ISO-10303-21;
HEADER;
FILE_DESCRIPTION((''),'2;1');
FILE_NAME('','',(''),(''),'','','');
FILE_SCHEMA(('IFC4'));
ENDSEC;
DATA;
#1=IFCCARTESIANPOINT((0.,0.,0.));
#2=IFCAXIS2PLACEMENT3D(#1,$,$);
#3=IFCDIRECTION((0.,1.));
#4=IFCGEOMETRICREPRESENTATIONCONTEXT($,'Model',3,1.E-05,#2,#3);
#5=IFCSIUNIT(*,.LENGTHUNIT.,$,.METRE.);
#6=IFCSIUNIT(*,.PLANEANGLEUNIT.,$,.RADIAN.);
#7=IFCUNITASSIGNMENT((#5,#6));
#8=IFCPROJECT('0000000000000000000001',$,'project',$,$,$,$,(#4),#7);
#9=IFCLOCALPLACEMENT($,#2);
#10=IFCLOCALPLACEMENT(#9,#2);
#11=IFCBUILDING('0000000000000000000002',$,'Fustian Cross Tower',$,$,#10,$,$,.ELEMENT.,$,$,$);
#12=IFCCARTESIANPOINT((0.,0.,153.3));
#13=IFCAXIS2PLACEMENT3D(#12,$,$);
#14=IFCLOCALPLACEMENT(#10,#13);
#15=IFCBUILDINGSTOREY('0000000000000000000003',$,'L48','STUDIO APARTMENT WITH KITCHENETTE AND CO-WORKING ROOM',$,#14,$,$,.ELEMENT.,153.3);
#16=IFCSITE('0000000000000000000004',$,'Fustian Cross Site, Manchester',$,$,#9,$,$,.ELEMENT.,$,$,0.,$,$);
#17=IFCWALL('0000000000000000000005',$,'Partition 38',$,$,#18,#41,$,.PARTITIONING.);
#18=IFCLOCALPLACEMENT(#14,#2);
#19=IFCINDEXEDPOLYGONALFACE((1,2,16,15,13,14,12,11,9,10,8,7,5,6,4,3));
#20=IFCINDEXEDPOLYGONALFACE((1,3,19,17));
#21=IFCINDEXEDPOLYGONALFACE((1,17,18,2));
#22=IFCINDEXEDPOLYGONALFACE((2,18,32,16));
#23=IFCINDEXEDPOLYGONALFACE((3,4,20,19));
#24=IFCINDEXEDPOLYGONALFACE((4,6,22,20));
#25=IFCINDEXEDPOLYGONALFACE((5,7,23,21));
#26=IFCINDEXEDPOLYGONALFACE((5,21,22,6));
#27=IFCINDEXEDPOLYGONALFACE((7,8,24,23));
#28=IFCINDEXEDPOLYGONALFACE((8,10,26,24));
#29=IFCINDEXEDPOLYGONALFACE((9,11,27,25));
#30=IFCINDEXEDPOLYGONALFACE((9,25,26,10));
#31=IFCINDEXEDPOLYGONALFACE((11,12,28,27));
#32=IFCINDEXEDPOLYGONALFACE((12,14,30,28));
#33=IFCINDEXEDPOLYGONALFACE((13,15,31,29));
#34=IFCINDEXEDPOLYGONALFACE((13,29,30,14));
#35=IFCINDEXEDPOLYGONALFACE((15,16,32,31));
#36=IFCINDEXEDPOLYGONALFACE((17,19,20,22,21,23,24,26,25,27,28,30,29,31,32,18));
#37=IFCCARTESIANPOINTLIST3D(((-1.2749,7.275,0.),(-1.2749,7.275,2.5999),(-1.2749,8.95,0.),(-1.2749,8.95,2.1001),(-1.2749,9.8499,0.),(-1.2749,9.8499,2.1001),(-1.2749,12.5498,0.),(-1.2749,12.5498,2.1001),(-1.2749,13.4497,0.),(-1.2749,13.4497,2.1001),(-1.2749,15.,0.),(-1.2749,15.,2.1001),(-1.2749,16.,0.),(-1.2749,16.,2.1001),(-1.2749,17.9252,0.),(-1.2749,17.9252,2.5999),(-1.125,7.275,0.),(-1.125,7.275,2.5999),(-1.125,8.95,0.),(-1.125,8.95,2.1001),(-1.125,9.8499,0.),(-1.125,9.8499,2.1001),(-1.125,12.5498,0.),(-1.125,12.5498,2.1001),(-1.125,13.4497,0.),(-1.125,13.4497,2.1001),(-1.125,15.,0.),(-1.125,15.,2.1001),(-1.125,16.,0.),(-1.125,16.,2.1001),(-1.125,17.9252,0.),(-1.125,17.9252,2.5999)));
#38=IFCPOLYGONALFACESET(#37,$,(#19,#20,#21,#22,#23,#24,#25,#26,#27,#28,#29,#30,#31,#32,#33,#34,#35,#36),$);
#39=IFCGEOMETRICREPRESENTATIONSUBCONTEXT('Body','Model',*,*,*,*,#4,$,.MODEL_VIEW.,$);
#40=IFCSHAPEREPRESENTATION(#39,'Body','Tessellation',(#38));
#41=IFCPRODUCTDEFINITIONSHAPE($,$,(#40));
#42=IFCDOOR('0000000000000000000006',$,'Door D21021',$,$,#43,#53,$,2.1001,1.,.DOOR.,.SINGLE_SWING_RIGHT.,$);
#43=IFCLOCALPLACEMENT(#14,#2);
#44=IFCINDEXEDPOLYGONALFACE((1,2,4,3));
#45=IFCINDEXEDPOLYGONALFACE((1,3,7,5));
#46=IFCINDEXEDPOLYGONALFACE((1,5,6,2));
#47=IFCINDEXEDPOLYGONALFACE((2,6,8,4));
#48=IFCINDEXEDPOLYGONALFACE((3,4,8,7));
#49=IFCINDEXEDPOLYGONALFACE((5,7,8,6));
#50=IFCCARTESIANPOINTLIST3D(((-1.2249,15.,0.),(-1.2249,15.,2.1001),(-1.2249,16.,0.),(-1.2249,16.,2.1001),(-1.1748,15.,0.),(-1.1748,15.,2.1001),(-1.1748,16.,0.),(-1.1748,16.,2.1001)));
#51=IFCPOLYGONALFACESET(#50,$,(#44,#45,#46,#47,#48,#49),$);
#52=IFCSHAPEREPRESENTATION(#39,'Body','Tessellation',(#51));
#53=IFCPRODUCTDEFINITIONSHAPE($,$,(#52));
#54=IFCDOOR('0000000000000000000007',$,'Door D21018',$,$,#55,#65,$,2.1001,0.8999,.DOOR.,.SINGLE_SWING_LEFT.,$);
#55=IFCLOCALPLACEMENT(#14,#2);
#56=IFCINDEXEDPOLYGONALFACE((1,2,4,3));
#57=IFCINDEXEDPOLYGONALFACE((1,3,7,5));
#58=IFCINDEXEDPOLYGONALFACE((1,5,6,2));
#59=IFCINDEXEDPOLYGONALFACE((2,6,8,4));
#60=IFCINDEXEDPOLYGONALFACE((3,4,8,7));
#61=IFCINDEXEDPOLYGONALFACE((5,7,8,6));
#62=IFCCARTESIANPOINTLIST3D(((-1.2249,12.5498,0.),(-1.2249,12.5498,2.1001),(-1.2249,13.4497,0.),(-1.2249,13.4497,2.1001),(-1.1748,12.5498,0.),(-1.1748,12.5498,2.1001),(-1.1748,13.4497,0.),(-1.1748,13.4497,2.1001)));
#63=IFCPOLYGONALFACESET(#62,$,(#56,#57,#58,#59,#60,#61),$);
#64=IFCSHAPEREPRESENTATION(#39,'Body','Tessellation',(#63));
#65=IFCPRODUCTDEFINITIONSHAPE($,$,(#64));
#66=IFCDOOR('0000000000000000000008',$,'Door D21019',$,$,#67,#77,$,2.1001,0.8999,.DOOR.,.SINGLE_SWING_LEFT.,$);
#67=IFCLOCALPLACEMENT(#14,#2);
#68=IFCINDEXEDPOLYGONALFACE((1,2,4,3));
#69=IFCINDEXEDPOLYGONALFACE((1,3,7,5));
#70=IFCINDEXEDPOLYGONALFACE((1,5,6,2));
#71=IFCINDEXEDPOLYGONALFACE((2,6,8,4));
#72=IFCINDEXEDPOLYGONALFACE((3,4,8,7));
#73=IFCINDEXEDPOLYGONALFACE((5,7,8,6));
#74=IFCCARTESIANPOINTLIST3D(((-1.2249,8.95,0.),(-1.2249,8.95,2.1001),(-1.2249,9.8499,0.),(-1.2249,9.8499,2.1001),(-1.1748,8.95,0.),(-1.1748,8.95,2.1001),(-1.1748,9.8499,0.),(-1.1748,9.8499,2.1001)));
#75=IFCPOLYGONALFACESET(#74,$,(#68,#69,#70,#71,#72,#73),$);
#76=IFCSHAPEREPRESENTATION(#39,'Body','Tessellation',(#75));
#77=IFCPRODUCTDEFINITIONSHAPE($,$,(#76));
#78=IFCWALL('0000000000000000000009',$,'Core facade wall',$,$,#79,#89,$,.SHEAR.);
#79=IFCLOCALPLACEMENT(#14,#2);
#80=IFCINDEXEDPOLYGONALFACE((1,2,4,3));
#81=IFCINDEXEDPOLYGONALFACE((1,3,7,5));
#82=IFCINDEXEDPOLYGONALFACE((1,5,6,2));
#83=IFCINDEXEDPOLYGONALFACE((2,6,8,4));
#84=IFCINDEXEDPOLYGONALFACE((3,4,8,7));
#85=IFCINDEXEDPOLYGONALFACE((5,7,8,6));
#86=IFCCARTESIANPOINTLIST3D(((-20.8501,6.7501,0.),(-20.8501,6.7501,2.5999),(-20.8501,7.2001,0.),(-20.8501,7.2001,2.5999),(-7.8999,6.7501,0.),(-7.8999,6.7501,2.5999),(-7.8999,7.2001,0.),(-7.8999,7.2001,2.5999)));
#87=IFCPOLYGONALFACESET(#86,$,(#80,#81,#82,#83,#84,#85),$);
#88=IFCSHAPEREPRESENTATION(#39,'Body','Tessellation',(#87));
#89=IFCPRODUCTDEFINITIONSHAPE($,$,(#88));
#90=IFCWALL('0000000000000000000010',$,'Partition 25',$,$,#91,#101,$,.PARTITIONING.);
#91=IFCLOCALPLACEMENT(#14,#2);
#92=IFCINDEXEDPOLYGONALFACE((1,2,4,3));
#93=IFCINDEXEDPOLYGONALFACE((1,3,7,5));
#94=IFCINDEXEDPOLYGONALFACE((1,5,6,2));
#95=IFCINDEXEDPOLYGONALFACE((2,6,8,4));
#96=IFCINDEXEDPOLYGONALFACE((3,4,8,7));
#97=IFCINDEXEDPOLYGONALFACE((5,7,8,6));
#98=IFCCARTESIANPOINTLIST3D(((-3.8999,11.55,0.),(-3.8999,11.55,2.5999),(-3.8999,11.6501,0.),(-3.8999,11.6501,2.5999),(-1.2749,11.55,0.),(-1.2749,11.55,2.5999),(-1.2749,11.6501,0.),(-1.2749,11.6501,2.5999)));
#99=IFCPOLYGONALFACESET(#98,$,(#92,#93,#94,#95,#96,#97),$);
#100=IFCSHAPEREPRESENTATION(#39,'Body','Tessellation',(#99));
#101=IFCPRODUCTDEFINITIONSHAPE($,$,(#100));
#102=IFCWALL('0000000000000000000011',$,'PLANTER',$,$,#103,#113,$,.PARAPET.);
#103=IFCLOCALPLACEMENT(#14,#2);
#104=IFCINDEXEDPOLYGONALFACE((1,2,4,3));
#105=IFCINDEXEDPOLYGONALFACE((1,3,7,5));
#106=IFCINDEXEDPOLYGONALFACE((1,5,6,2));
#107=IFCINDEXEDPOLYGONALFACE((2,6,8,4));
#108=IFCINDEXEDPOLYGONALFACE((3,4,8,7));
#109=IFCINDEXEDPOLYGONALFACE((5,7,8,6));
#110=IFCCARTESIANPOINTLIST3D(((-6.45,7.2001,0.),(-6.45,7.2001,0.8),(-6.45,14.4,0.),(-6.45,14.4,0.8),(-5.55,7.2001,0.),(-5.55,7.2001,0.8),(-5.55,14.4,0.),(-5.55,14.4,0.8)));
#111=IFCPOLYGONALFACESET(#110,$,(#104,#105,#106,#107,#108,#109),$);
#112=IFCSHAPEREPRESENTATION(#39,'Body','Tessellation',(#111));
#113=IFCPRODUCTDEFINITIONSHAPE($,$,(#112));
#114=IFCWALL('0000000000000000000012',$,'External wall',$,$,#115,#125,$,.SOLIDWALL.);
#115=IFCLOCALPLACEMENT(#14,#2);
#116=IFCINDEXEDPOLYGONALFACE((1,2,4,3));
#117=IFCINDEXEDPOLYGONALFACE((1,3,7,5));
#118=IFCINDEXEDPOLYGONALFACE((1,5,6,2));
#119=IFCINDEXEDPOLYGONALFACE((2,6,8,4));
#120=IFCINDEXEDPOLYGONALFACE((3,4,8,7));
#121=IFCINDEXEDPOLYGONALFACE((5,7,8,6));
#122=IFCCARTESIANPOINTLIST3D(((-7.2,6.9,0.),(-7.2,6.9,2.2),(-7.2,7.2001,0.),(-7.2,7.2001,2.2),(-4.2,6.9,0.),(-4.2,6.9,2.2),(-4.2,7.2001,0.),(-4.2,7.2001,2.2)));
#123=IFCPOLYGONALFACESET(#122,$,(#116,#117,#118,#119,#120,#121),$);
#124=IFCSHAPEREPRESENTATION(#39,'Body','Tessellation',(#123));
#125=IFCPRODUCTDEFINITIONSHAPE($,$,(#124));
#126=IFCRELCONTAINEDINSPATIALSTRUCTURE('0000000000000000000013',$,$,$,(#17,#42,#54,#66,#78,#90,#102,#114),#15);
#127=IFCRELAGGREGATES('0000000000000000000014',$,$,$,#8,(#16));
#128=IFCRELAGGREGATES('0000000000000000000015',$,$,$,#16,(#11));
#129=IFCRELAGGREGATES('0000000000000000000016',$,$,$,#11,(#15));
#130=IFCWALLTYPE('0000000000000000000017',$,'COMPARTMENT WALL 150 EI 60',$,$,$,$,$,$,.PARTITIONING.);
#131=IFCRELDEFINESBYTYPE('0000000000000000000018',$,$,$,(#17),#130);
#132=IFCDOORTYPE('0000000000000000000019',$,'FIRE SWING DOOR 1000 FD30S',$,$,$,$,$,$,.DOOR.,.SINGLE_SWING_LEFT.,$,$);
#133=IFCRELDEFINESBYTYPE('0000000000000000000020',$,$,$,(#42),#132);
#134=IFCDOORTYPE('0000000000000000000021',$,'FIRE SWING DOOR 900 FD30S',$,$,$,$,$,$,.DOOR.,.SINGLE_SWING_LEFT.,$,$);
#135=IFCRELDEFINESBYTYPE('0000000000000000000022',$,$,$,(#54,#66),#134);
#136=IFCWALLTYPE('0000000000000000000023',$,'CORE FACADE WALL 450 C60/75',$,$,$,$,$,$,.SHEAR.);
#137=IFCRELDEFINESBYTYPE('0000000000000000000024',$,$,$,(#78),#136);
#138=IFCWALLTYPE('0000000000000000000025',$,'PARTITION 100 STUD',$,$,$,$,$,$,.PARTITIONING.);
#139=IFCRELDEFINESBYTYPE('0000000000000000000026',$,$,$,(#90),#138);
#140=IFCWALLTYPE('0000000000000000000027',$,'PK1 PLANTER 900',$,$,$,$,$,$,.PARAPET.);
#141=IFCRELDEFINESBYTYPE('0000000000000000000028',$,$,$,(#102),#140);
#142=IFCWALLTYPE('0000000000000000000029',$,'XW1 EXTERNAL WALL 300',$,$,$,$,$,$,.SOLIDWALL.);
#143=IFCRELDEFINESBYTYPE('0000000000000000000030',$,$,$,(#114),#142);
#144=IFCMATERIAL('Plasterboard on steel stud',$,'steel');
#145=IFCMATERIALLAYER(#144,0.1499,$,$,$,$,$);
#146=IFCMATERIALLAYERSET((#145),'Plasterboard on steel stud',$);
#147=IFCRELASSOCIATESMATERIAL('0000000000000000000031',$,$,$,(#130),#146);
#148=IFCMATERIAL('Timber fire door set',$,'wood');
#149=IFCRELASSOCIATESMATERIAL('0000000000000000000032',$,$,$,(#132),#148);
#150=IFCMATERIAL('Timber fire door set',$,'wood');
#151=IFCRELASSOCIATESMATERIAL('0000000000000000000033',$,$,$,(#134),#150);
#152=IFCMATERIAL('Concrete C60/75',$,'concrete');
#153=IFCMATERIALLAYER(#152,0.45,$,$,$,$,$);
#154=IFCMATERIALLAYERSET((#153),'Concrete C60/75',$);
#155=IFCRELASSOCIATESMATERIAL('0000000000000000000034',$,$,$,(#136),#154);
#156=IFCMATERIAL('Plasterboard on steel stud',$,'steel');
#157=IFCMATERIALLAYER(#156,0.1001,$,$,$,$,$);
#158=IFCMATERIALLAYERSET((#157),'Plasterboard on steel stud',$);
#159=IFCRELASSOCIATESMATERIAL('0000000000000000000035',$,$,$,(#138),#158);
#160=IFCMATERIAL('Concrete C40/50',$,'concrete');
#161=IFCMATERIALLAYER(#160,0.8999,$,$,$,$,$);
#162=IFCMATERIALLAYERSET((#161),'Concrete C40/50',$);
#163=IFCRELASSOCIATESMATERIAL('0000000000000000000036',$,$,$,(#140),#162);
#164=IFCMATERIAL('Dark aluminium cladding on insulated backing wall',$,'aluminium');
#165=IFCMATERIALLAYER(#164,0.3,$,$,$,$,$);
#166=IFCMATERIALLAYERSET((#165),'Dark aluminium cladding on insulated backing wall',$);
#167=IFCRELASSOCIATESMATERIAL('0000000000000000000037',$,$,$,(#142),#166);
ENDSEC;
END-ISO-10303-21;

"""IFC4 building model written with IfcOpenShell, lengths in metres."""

from ifc_helpers import new_model, si_unit, direction, frame, frame_2d, origin, place, context, subcontext, project, spatial, rectangle, extrude, material, layer, layer_set, type_object, element, fill, save


model = new_model("IFC4")

# Units and contexts
model_context = context("Model", 3, precision=1e-05, world=origin(), true_north=direction((0.0, 1.0)))
body_context = subcontext(model_context, "Body", "Model", "MODEL_VIEW")
ifc_project = project(units=[si_unit("LENGTHUNIT", "METRE"), si_unit("PLANEANGLEUNIT", "RADIAN")], contexts=[model_context])

# Site, building, storey
site_placement = place(None, origin())
site = spatial("IfcSite", under=ifc_project, at=site_placement, Name="Fustian Cross Site, Manchester", CompositionType="ELEMENT", RefElevation=0.0)
building_placement = place(site_placement, origin())
building = spatial("IfcBuilding", under=site, at=building_placement, Name="Fustian Cross Tower", CompositionType="ELEMENT")
storey_placement = place(building_placement, frame((0.0, 0.0, 153.3)))
storey = spatial("IfcBuildingStorey", under=building, at=storey_placement, Name="L48", Description="STUDIO APARTMENT WITH KITCHENETTE AND CO-WORKING ROOM", CompositionType="ELEMENT", Elevation=153.3)

# Shared definitions
ifc_material_1 = material(Name="Plasterboard on steel stud", Category="steel")
ifc_layer_1 = layer(ifc_material_1, 0.1499)
ifc_layer_set_1 = layer_set([ifc_layer_1], Name="Plasterboard on steel stud")
wall_type_1 = type_object("IfcWallType", Name="COMPARTMENT WALL 150 EI 60", PredefinedType="PARTITIONING", material=ifc_layer_set_1)

# Wall, openings, doors
wall_1_placement = place(storey_placement, frame((-1.2, 7.2749, 0.0), z_axis=(0.0, 0.0, 1.0), x_axis=(0.0, 1.0, 0.0)))
wall_1 = element("IfcWall", 1, at=wall_1_placement, inside=storey, type_object=wall_type_1, Name="Partition 38", PredefinedType="PARTITIONING", context=body_context, shape_type="SweptSolid", body=[
    extrude(rectangle(XDim=10.6501, YDim=0.1499, at=frame_2d((5.3252, 0.0))), origin(), (0.0, 0.0, 1.0), 2.5999),
])
opening_1_placement = place(wall_1_placement, frame((5.2749, 0.0, 0.0)))
opening_1 = element("IfcOpeningElement", 2, at=opening_1_placement, cuts=wall_1, PredefinedType="OPENING", context=body_context, shape_type="SweptSolid", body=[
    extrude(rectangle(XDim=0.8999, YDim=2.1001, at=frame_2d((0.45, 1.05))), frame((0.0, 0.085, 0.0), z_axis=(0.0, -1.0, 0.0), x_axis=(1.0, 0.0, 0.0)), (0.0, 0.0, 1.0), 0.1699),
])
opening_2_placement = place(wall_1_placement, frame((1.675, 0.0, 0.0)))
opening_2 = element("IfcOpeningElement", 3, at=opening_2_placement, cuts=wall_1, PredefinedType="OPENING", context=body_context, shape_type="SweptSolid", body=[
    extrude(rectangle(XDim=0.8999, YDim=2.1001, at=frame_2d((0.45, 1.05))), frame((0.0, 0.085, 0.0), z_axis=(0.0, -1.0, 0.0), x_axis=(1.0, 0.0, 0.0)), (0.0, 0.0, 1.0), 0.1699),
])
opening_3_placement = place(wall_1_placement, frame((7.7251, 0.0, 0.0)))
opening_3 = element("IfcOpeningElement", 4, at=opening_3_placement, cuts=wall_1, PredefinedType="OPENING", context=body_context, shape_type="SweptSolid", body=[
    extrude(rectangle(XDim=1.0, YDim=2.1001, at=frame_2d((0.5, 1.05))), frame((0.0, 0.085, 0.0), z_axis=(0.0, -1.0, 0.0), x_axis=(1.0, 0.0, 0.0)), (0.0, 0.0, 1.0), 0.1699),
])
ifc_material_2 = material(Name="Timber fire door set", Category="wood")
door_type_1 = type_object("IfcDoorType", Name="FIRE SWING DOOR 1000 FD30S", OperationType="SINGLE_SWING_LEFT", PredefinedType="DOOR", material=ifc_material_2)
door_1_placement = place(opening_3_placement, origin())
door_1 = element("IfcDoor", 5, at=door_1_placement, inside=storey, type_object=door_type_1, Name="Door D21021", OperationType="SINGLE_SWING_RIGHT", OverallHeight=2.1001, OverallWidth=1.0, PredefinedType="DOOR", context=body_context, shape_type="SweptSolid", body=[
    extrude(rectangle(XDim=1.0, YDim=2.1001, at=frame_2d((0.5, 1.05))), frame((0.0, 0.0249, 0.0), z_axis=(0.0, -1.0, 0.0), x_axis=(1.0, 0.0, 0.0)), (0.0, 0.0, 1.0), 0.05),
])
fill(opening_3, door_1)
ifc_material_3 = material(Name="Timber fire door set", Category="wood")
door_type_2 = type_object("IfcDoorType", Name="FIRE SWING DOOR 900 FD30S", OperationType="SINGLE_SWING_LEFT", PredefinedType="DOOR", material=ifc_material_3)
door_2_placement = place(opening_1_placement, origin())
door_2 = element("IfcDoor", 6, at=door_2_placement, inside=storey, type_object=door_type_2, Name="Door D21018", OperationType="SINGLE_SWING_LEFT", OverallHeight=2.1001, OverallWidth=0.8999, PredefinedType="DOOR", context=body_context, shape_type="SweptSolid", body=[
    extrude(rectangle(XDim=0.8999, YDim=2.1001, at=frame_2d((0.45, 1.05))), frame((0.0, 0.0249, 0.0), z_axis=(0.0, -1.0, 0.0), x_axis=(1.0, 0.0, 0.0)), (0.0, 0.0, 1.0), 0.05),
])
fill(opening_1, door_2)
door_3_placement = place(opening_2_placement, origin())
door_3 = element("IfcDoor", 7, at=door_3_placement, inside=storey, type_object=door_type_2, Name="Door D21019", OperationType="SINGLE_SWING_LEFT", OverallHeight=2.1001, OverallWidth=0.8999, PredefinedType="DOOR", context=body_context, shape_type="SweptSolid", body=[
    extrude(rectangle(XDim=0.8999, YDim=2.1001, at=frame_2d((0.45, 1.05))), frame((0.0, 0.0249, 0.0), z_axis=(0.0, -1.0, 0.0), x_axis=(1.0, 0.0, 0.0)), (0.0, 0.0, 1.0), 0.05),
])
fill(opening_2, door_3)

# Walls
ifc_material_4 = material(Name="Concrete C60/75", Category="concrete")
ifc_layer_2 = layer(ifc_material_4, 0.45)
ifc_layer_set_2 = layer_set([ifc_layer_2], Name="Concrete C60/75")
wall_type_2 = type_object("IfcWallType", Name="CORE FACADE WALL 450 C60/75", PredefinedType="SHEAR", material=ifc_layer_set_2)
wall_2_placement = place(storey_placement, frame((-7.8999, 6.9751, 0.0), z_axis=(0.0, 0.0, 1.0), x_axis=(-1.0, 0.0, 0.0)))
element("IfcWall", 8, at=wall_2_placement, inside=storey, type_object=wall_type_2, Name="Core facade wall", PredefinedType="SHEAR", context=body_context, shape_type="SweptSolid", body=[
    extrude(rectangle(XDim=12.9502, YDim=0.45, at=frame_2d((6.4751, 0.0))), origin(), (0.0, 0.0, 1.0), 2.5999),
])
ifc_material_5 = material(Name="Plasterboard on steel stud", Category="steel")
ifc_layer_3 = layer(ifc_material_5, 0.1001)
ifc_layer_set_3 = layer_set([ifc_layer_3], Name="Plasterboard on steel stud")
wall_type_3 = type_object("IfcWallType", Name="PARTITION 100 STUD", PredefinedType="PARTITIONING", material=ifc_layer_set_3)
wall_3_placement = place(storey_placement, frame((-3.8999, 11.6001, 0.0), z_axis=(0.0, 0.0, 1.0), x_axis=(1.0, 0.0, 0.0)))
element("IfcWall", 9, at=wall_3_placement, inside=storey, type_object=wall_type_3, Name="Partition 25", PredefinedType="PARTITIONING", context=body_context, shape_type="SweptSolid", body=[
    extrude(rectangle(XDim=2.625, YDim=0.1001, at=frame_2d((1.3125, 0.0))), origin(), (0.0, 0.0, 1.0), 2.5999),
])
ifc_material_6 = material(Name="Concrete C40/50", Category="concrete")
ifc_layer_4 = layer(ifc_material_6, 0.8999)
ifc_layer_set_4 = layer_set([ifc_layer_4], Name="Concrete C40/50")
wall_type_4 = type_object("IfcWallType", Name="PK1 PLANTER 900", PredefinedType="PARAPET", material=ifc_layer_set_4)
wall_4_placement = place(storey_placement, frame((-6.0, 7.2, 0.0), z_axis=(0.0, 0.0, 1.0), x_axis=(0.0, 1.0, 0.0)))
element("IfcWall", 10, at=wall_4_placement, inside=storey, type_object=wall_type_4, Name="PLANTER", PredefinedType="PARAPET", context=body_context, shape_type="SweptSolid", body=[
    extrude(rectangle(XDim=7.2, YDim=0.8999, at=frame_2d((3.6001, 0.0))), origin(), (0.0, 0.0, 1.0), 0.8),
])
ifc_material_7 = material(Name="Dark aluminium cladding on insulated backing wall", Category="aluminium")
ifc_layer_5 = layer(ifc_material_7, 0.3)
ifc_layer_set_5 = layer_set([ifc_layer_5], Name="Dark aluminium cladding on insulated backing wall")
wall_type_5 = type_object("IfcWallType", Name="XW1 EXTERNAL WALL 300", PredefinedType="SOLIDWALL", material=ifc_layer_set_5)
wall_5_placement = place(storey_placement, frame((-4.2, 7.05, 0.0), z_axis=(0.0, 0.0, 1.0), x_axis=(-1.0, 0.0, 0.0)))
element("IfcWall", 11, at=wall_5_placement, inside=storey, type_object=wall_type_5, Name="External wall", PredefinedType="SOLIDWALL", context=body_context, shape_type="SweptSolid", body=[
    extrude(rectangle(XDim=3.0, YDim=0.3, at=frame_2d((1.5, 0.0))), origin(), (0.0, 0.0, 1.0), 2.2),
])

save(model, "model.ifc")
